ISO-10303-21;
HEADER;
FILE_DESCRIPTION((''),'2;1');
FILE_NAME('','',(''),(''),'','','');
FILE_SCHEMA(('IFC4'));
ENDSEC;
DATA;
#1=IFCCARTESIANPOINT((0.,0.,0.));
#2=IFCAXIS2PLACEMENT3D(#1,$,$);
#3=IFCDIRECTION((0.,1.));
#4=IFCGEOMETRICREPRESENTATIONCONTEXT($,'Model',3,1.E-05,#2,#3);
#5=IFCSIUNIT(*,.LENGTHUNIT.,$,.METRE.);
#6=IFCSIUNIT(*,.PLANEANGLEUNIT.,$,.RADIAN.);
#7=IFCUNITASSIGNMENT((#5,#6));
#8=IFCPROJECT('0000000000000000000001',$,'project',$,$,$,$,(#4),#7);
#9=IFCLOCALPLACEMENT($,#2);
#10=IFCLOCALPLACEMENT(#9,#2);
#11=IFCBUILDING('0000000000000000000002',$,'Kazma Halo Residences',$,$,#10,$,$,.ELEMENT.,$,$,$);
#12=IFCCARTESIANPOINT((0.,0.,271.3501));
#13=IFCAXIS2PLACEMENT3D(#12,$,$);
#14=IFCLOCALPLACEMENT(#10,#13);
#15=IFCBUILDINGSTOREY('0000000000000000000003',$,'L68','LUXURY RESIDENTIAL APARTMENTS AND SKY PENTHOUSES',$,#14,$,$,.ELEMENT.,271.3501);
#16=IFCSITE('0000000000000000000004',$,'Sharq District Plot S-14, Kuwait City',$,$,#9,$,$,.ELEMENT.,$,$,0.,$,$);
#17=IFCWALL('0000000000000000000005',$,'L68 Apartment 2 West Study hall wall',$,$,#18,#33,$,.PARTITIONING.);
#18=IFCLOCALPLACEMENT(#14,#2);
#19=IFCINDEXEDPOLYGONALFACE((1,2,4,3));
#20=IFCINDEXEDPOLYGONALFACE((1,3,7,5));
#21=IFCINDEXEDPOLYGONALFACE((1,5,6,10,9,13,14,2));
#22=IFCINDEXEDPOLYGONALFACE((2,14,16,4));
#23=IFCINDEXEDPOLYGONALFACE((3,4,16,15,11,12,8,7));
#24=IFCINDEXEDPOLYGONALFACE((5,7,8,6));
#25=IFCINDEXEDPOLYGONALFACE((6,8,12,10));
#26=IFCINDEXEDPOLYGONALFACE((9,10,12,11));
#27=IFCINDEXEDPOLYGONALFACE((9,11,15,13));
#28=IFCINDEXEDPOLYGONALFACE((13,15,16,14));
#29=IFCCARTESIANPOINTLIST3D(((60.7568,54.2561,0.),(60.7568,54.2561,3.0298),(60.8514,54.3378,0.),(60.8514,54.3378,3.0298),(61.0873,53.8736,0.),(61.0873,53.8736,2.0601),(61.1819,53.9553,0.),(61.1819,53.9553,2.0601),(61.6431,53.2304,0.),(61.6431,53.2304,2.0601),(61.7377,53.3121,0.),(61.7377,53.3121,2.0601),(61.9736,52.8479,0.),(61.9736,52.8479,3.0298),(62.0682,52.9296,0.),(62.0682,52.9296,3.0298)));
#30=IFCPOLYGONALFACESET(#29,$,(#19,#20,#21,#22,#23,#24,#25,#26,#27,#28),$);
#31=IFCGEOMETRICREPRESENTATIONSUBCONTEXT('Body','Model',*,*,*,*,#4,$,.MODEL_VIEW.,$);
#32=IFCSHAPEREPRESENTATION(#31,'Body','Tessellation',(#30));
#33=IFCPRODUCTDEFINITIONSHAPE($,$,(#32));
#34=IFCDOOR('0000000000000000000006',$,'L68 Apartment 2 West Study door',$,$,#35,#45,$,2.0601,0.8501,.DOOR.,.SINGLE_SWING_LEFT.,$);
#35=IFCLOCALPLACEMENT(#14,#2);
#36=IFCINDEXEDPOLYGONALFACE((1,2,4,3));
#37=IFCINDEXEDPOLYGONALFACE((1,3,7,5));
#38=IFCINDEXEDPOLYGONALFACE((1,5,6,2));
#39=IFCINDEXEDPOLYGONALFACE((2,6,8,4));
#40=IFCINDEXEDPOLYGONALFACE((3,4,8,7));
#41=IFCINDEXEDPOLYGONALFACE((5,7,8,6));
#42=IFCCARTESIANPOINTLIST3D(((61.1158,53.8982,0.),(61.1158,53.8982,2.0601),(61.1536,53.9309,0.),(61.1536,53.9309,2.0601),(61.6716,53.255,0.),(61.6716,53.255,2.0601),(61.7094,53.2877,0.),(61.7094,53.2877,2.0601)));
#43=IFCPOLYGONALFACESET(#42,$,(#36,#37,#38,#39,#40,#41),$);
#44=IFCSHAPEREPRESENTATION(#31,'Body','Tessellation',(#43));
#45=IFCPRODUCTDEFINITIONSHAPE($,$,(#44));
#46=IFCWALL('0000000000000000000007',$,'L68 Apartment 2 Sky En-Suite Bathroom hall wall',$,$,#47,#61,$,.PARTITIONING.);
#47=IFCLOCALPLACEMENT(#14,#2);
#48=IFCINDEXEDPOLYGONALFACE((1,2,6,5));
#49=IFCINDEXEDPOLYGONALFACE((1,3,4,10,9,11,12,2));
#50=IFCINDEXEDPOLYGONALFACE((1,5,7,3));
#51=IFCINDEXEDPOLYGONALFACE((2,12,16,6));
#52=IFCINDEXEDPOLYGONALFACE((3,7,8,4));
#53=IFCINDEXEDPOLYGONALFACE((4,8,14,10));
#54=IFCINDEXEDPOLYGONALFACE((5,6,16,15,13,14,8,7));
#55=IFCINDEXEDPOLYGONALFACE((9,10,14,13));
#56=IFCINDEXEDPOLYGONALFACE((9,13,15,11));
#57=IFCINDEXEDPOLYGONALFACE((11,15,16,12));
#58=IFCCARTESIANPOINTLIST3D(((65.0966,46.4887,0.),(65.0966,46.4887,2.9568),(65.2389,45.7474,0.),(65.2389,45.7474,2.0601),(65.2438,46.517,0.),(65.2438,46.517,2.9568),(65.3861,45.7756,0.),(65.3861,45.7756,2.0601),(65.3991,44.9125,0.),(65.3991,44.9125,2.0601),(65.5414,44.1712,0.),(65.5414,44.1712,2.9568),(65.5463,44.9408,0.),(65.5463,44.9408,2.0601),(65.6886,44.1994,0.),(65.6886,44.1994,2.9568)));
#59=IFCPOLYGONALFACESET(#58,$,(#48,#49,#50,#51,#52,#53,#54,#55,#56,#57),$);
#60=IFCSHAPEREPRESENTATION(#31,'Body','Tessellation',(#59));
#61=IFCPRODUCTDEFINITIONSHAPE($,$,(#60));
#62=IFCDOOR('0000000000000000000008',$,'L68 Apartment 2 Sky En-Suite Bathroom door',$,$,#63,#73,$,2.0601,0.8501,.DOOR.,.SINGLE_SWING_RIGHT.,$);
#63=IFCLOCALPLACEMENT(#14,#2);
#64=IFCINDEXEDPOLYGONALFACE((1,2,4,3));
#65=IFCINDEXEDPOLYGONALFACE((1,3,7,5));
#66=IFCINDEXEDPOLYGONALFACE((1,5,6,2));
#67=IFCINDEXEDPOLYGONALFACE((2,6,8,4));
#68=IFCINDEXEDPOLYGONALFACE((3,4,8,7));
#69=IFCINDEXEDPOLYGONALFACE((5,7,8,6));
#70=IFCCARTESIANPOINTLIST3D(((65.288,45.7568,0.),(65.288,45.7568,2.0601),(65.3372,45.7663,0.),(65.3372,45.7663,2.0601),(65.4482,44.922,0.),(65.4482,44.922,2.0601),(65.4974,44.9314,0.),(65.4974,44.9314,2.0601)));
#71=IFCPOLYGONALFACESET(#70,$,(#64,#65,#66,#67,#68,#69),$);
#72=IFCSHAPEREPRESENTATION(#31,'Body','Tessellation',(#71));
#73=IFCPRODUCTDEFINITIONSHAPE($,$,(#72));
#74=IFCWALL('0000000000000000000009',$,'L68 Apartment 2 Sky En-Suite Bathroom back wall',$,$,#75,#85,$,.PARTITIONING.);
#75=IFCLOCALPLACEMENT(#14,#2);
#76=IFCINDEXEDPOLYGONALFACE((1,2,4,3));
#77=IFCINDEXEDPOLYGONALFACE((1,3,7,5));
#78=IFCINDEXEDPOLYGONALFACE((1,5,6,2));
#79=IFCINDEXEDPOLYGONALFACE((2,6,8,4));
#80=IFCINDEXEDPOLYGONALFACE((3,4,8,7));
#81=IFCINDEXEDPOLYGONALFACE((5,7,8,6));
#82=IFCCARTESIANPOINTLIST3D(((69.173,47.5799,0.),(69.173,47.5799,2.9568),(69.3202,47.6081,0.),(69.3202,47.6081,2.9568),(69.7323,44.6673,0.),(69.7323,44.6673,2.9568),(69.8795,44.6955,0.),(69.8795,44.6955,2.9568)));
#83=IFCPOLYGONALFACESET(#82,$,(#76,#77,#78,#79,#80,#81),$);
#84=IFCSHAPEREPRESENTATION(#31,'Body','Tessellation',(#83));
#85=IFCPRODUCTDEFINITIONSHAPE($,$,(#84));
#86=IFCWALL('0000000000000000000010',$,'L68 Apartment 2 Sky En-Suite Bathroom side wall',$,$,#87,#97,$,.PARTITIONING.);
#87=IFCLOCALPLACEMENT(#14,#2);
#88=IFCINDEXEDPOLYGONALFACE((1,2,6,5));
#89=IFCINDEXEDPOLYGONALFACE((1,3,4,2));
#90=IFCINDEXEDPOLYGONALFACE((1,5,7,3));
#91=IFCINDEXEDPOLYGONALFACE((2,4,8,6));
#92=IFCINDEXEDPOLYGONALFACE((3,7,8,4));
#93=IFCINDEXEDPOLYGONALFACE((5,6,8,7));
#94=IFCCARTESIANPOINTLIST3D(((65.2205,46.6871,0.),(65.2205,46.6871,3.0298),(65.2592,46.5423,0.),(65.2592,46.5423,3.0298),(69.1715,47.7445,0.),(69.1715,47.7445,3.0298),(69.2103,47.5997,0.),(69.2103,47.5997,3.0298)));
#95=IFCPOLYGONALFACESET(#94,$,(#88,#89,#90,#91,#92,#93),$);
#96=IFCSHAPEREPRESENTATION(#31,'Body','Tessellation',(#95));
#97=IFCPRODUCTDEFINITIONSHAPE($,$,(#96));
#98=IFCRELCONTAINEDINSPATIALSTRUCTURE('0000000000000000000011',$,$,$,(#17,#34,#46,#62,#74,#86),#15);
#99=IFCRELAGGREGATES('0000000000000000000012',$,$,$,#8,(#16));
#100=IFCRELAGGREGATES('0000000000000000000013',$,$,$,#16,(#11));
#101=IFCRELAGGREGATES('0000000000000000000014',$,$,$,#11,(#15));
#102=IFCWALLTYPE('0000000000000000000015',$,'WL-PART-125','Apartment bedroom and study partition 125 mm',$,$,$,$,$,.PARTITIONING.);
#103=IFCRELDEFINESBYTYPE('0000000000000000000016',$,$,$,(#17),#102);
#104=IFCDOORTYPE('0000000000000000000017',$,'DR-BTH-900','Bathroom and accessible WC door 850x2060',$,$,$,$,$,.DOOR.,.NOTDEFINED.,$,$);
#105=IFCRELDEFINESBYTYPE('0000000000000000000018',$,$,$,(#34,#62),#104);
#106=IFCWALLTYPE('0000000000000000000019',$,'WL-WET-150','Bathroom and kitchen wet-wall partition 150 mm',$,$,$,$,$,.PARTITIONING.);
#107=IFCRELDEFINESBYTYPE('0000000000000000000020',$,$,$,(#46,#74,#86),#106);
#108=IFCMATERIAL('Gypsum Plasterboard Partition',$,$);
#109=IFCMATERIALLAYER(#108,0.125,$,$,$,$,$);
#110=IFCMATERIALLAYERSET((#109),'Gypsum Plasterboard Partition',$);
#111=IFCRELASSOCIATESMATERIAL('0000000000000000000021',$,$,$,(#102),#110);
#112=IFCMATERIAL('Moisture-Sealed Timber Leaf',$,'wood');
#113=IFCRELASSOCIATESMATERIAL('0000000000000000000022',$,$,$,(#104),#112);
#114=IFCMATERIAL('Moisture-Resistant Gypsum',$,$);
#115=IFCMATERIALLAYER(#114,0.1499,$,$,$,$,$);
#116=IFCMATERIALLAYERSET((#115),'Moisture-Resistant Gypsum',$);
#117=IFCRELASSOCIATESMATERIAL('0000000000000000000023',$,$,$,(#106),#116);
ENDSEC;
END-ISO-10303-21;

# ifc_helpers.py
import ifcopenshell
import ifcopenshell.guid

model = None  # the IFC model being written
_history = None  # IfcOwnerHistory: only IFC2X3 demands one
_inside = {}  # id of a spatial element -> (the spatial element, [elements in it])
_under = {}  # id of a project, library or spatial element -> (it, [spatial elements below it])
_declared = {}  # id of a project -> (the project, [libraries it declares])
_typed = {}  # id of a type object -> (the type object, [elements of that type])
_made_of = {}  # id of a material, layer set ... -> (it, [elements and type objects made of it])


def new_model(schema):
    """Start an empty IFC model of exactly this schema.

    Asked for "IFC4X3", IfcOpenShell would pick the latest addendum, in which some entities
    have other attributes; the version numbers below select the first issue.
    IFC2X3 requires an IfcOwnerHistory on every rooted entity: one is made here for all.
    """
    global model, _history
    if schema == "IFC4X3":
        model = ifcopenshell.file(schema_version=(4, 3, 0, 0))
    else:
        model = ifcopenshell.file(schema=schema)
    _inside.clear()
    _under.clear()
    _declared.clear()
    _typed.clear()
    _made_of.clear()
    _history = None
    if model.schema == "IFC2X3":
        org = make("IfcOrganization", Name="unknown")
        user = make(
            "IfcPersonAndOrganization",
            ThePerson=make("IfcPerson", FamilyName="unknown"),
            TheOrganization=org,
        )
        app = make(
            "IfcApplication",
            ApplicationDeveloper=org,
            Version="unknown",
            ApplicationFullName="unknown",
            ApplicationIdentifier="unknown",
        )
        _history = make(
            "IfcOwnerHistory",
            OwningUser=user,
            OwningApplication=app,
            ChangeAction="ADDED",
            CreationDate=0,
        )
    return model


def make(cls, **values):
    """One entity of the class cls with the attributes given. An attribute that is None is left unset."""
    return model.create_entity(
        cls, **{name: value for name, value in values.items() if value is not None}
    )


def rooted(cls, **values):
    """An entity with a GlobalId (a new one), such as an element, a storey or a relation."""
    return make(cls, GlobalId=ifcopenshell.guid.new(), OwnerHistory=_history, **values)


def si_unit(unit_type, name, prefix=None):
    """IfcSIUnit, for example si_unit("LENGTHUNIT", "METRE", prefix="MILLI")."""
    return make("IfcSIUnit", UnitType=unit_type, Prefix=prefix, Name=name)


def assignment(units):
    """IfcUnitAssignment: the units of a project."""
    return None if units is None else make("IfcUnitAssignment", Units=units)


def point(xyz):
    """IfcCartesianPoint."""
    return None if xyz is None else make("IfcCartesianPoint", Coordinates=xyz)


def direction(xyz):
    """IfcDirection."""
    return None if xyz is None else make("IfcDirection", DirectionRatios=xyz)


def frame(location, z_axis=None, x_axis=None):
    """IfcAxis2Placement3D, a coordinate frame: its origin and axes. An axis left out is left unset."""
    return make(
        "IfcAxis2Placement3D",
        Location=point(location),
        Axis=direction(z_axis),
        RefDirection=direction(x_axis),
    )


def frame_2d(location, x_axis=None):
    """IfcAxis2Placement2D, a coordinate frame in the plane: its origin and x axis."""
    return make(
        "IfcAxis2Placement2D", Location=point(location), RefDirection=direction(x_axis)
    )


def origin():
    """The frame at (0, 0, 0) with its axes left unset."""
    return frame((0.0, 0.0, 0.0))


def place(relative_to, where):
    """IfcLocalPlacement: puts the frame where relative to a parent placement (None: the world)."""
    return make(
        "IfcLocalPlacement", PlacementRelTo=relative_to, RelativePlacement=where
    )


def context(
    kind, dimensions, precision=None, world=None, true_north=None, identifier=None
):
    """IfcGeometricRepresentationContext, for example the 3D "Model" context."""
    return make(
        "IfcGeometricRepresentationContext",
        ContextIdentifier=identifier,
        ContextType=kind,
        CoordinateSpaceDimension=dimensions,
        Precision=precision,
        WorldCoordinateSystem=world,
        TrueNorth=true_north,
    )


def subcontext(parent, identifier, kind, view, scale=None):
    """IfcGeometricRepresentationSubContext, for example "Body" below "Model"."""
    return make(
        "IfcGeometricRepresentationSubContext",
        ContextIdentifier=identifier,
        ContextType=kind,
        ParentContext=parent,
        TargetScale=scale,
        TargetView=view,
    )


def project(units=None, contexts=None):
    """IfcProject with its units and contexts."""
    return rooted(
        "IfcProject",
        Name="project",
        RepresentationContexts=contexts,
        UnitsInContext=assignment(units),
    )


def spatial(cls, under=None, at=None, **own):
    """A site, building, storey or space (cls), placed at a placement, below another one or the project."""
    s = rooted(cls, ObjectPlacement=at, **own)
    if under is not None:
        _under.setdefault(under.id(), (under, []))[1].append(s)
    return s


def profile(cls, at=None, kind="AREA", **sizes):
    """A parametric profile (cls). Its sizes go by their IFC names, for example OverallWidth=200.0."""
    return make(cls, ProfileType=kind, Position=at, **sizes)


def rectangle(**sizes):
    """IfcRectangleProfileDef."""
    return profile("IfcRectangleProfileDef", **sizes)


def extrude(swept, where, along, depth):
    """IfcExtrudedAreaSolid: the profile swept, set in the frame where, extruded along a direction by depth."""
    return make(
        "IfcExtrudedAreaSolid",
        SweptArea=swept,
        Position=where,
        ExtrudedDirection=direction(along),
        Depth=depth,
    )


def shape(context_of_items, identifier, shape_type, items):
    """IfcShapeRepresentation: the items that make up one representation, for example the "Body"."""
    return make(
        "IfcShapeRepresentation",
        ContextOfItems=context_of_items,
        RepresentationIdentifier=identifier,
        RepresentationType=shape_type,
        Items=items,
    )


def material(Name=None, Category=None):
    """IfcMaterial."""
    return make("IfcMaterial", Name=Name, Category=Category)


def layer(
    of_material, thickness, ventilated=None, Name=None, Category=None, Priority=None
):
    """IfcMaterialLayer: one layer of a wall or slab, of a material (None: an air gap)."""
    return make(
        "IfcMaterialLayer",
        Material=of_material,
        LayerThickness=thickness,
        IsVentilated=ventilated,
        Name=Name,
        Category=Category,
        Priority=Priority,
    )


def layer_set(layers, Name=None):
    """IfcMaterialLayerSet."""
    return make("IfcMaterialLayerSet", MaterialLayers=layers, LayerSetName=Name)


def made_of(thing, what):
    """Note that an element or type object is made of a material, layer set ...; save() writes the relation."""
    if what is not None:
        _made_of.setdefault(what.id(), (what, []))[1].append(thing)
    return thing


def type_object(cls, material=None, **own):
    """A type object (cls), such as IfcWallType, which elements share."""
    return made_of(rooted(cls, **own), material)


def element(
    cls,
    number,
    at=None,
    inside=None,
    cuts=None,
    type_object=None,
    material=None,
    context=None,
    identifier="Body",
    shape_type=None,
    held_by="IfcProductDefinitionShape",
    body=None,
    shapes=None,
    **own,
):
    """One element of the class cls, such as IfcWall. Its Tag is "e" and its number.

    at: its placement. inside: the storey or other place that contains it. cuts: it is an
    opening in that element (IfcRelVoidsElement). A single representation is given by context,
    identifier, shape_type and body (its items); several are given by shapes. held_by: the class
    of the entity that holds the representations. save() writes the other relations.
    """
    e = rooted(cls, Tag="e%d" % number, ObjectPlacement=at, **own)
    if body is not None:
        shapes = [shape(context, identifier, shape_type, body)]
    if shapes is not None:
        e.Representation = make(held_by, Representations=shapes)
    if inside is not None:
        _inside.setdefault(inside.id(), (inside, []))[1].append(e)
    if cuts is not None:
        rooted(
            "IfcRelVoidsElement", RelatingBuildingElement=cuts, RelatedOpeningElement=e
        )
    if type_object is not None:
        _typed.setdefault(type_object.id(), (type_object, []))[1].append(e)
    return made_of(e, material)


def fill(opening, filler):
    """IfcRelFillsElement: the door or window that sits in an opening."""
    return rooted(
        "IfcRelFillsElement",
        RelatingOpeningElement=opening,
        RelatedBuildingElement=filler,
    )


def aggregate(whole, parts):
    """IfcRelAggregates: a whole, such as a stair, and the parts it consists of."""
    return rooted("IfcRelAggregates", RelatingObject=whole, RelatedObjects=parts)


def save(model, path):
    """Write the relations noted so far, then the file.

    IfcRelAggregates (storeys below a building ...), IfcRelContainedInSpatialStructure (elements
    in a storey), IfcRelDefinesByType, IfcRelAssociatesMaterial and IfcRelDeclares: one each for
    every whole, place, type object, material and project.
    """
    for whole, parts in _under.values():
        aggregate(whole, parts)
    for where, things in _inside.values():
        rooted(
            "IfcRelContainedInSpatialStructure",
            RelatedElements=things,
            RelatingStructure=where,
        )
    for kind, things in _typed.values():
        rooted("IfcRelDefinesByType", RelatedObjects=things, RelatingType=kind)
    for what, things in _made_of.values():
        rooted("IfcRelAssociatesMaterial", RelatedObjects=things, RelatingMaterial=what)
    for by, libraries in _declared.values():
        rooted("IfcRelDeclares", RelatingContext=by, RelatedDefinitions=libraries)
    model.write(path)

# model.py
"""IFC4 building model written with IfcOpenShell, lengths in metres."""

from ifc_helpers import new_model, si_unit, direction, frame, frame_2d, origin, place, context, subcontext, project, spatial, rectangle, extrude, material, layer, layer_set, type_object, element, fill, save


model = new_model("IFC4")

# Units and contexts
model_context = context("Model", 3, precision=1e-05, world=origin(), true_north=direction((0.0, 1.0)))
body_context = subcontext(model_context, "Body", "Model", "MODEL_VIEW")
ifc_project = project(units=[si_unit("LENGTHUNIT", "METRE"), si_unit("PLANEANGLEUNIT", "RADIAN")], contexts=[model_context])

# Site, building, storey
site_placement = place(None, origin())
site = spatial("IfcSite", under=ifc_project, at=site_placement, Name="Sharq District Plot S-14, Kuwait City", CompositionType="ELEMENT", RefElevation=0.0)
building_placement = place(site_placement, origin())
building = spatial("IfcBuilding", under=site, at=building_placement, Name="Kazma Halo Residences", CompositionType="ELEMENT")
storey_placement = place(building_placement, frame((0.0, 0.0, 271.3501)))
storey = spatial("IfcBuildingStorey", under=building, at=storey_placement, Name="L68", Description="LUXURY RESIDENTIAL APARTMENTS AND SKY PENTHOUSES", CompositionType="ELEMENT", Elevation=271.3501)

# Shared definitions
ifc_material_1 = material(Name="Gypsum Plasterboard Partition")
ifc_layer_1 = layer(ifc_material_1, 0.125)
ifc_layer_set_1 = layer_set([ifc_layer_1], Name="Gypsum Plasterboard Partition")
wall_type_1 = type_object("IfcWallType", Name="WL-PART-125", Description="Apartment bedroom and study partition 125 mm", PredefinedType="PARTITIONING", material=ifc_layer_set_1)

# Shared definitions
ifc_material_2 = material(Name="Moisture-Sealed Timber Leaf", Category="wood")
door_type = type_object("IfcDoorType", Name="DR-BTH-900", Description="Bathroom and accessible WC door 850x2060", OperationType="NOTDEFINED", PredefinedType="DOOR", material=ifc_material_2)

# Walls, openings, doors
wall_1_placement = place(storey_placement, frame((62.021, 52.8887, 0.0), z_axis=(0.0, 0.0, 1.0), x_axis=(-0.653811, 0.756658, 0.0)))
wall_1 = element("IfcWall", 1, at=wall_1_placement, inside=storey, type_object=wall_type_1, Name="L68 Apartment 2 West Study hall wall", PredefinedType="PARTITIONING", context=body_context, shape_type="SweptSolid", body=[
    extrude(rectangle(XDim=1.8611, YDim=0.125, at=frame_2d((0.9307, 0.0))), origin(), (0.0, 0.0, 1.0), 3.0298),
])
opening_1_placement = place(wall_1_placement, frame((0.5056, 0.0, 0.0)))
opening_1 = element("IfcOpeningElement", 2, at=opening_1_placement, cuts=wall_1, PredefinedType="OPENING", context=body_context, shape_type="SweptSolid", body=[
    extrude(rectangle(XDim=0.8501, YDim=2.0601, at=frame_2d((0.425, 1.03))), frame((0.0, 0.0725, 0.0), z_axis=(0.0, -1.0, 0.0), x_axis=(1.0, 0.0, 0.0)), (0.0, 0.0, 1.0), 0.145),
])
door_1_placement = place(opening_1_placement, origin())
door_1 = element("IfcDoor", 3, at=door_1_placement, inside=storey, type_object=door_type, Name="L68 Apartment 2 West Study door", OperationType="SINGLE_SWING_LEFT", OverallHeight=2.0601, OverallWidth=0.8501, PredefinedType="DOOR", context=body_context, shape_type="SweptSolid", body=[
    extrude(rectangle(XDim=0.8501, YDim=2.0601, at=frame_2d((0.425, 1.03))), frame((0.0, 0.0249, 0.0), z_axis=(0.0, -1.0, 0.0), x_axis=(1.0, 0.0, 0.0)), (0.0, 0.0, 1.0), 0.05),
])
fill(opening_1, door_1)
ifc_material_3 = material(Name="Moisture-Resistant Gypsum")
ifc_layer_2 = layer(ifc_material_3, 0.1499)
ifc_layer_set_2 = layer_set([ifc_layer_2], Name="Moisture-Resistant Gypsum")
wall_type_2 = type_object("IfcWallType", Name="WL-WET-150", Description="Bathroom and kitchen wet-wall partition 150 mm", PredefinedType="PARTITIONING", material=ifc_layer_set_2)
wall_2_placement = place(storey_placement, frame((65.615, 44.1853, 0.0), z_axis=(0.0, 0.0, 1.0), x_axis=(-0.188491, 0.982075, 0.0)))
wall_2 = element("IfcWall", 4, at=wall_2_placement, inside=storey, type_object=wall_type_2, Name="L68 Apartment 2 Sky En-Suite Bathroom hall wall", PredefinedType="PARTITIONING", context=body_context, shape_type="SweptSolid", body=[
    extrude(rectangle(XDim=2.3599, YDim=0.1499, at=frame_2d((1.1799, 0.0))), origin(), (0.0, 0.0, 1.0), 2.9568),
])
opening_2_placement = place(wall_2_placement, frame((0.7549, 0.0, 0.0)))
opening_2 = element("IfcOpeningElement", 5, at=opening_2_placement, cuts=wall_2, PredefinedType="OPENING", context=body_context, shape_type="SweptSolid", body=[
    extrude(rectangle(XDim=0.8501, YDim=2.0601, at=frame_2d((0.425, 1.03))), frame((0.0, 0.085, 0.0), z_axis=(0.0, -1.0, 0.0), x_axis=(1.0, 0.0, 0.0)), (0.0, 0.0, 1.0), 0.1699),
])
door_2_placement = place(opening_2_placement, origin())
door_2 = element("IfcDoor", 6, at=door_2_placement, inside=storey, type_object=door_type, Name="L68 Apartment 2 Sky En-Suite Bathroom door", OperationType="SINGLE_SWING_RIGHT", OverallHeight=2.0601, OverallWidth=0.8501, PredefinedType="DOOR", context=body_context, shape_type="SweptSolid", body=[
    extrude(rectangle(XDim=0.8501, YDim=2.0601, at=frame_2d((0.425, 1.03))), frame((0.0, 0.0249, 0.0), z_axis=(0.0, -1.0, 0.0), x_axis=(1.0, 0.0, 0.0)), (0.0, 0.0, 1.0), 0.05),
])
fill(opening_2, door_2)

# Walls
wall_3_placement = place(storey_placement, frame((69.8059, 44.6814, 0.0), z_axis=(0.0, 0.0, 1.0), x_axis=(-0.188591, 0.982056, 0.0)))
element("IfcWall", 7, at=wall_3_placement, inside=storey, type_object=wall_type_2, Name="L68 Apartment 2 Sky En-Suite Bathroom back wall", PredefinedType="PARTITIONING", context=body_context, shape_type="SweptSolid", body=[
    extrude(rectangle(XDim=2.9658, YDim=0.1499, at=frame_2d((1.4829, 0.0))), origin(), (0.0, 0.0, 1.0), 2.9568),
])
wall_4_placement = place(storey_placement, frame((65.24, 46.6147, 0.0), z_axis=(0.0, 0.0, 1.0), x_axis=(0.966004, 0.258528, 0.0)))
element("IfcWall", 8, at=wall_4_placement, inside=storey, type_object=wall_type_2, Name="L68 Apartment 2 Sky En-Suite Bathroom side wall", PredefinedType="PARTITIONING", context=body_context, shape_type="SweptSolid", body=[
    extrude(rectangle(XDim=4.0901, YDim=0.1499, at=frame_2d((2.0449, 0.0))), origin(), (0.0, 0.0, 1.0), 3.0298),
])

save(model, "model.ifc")
